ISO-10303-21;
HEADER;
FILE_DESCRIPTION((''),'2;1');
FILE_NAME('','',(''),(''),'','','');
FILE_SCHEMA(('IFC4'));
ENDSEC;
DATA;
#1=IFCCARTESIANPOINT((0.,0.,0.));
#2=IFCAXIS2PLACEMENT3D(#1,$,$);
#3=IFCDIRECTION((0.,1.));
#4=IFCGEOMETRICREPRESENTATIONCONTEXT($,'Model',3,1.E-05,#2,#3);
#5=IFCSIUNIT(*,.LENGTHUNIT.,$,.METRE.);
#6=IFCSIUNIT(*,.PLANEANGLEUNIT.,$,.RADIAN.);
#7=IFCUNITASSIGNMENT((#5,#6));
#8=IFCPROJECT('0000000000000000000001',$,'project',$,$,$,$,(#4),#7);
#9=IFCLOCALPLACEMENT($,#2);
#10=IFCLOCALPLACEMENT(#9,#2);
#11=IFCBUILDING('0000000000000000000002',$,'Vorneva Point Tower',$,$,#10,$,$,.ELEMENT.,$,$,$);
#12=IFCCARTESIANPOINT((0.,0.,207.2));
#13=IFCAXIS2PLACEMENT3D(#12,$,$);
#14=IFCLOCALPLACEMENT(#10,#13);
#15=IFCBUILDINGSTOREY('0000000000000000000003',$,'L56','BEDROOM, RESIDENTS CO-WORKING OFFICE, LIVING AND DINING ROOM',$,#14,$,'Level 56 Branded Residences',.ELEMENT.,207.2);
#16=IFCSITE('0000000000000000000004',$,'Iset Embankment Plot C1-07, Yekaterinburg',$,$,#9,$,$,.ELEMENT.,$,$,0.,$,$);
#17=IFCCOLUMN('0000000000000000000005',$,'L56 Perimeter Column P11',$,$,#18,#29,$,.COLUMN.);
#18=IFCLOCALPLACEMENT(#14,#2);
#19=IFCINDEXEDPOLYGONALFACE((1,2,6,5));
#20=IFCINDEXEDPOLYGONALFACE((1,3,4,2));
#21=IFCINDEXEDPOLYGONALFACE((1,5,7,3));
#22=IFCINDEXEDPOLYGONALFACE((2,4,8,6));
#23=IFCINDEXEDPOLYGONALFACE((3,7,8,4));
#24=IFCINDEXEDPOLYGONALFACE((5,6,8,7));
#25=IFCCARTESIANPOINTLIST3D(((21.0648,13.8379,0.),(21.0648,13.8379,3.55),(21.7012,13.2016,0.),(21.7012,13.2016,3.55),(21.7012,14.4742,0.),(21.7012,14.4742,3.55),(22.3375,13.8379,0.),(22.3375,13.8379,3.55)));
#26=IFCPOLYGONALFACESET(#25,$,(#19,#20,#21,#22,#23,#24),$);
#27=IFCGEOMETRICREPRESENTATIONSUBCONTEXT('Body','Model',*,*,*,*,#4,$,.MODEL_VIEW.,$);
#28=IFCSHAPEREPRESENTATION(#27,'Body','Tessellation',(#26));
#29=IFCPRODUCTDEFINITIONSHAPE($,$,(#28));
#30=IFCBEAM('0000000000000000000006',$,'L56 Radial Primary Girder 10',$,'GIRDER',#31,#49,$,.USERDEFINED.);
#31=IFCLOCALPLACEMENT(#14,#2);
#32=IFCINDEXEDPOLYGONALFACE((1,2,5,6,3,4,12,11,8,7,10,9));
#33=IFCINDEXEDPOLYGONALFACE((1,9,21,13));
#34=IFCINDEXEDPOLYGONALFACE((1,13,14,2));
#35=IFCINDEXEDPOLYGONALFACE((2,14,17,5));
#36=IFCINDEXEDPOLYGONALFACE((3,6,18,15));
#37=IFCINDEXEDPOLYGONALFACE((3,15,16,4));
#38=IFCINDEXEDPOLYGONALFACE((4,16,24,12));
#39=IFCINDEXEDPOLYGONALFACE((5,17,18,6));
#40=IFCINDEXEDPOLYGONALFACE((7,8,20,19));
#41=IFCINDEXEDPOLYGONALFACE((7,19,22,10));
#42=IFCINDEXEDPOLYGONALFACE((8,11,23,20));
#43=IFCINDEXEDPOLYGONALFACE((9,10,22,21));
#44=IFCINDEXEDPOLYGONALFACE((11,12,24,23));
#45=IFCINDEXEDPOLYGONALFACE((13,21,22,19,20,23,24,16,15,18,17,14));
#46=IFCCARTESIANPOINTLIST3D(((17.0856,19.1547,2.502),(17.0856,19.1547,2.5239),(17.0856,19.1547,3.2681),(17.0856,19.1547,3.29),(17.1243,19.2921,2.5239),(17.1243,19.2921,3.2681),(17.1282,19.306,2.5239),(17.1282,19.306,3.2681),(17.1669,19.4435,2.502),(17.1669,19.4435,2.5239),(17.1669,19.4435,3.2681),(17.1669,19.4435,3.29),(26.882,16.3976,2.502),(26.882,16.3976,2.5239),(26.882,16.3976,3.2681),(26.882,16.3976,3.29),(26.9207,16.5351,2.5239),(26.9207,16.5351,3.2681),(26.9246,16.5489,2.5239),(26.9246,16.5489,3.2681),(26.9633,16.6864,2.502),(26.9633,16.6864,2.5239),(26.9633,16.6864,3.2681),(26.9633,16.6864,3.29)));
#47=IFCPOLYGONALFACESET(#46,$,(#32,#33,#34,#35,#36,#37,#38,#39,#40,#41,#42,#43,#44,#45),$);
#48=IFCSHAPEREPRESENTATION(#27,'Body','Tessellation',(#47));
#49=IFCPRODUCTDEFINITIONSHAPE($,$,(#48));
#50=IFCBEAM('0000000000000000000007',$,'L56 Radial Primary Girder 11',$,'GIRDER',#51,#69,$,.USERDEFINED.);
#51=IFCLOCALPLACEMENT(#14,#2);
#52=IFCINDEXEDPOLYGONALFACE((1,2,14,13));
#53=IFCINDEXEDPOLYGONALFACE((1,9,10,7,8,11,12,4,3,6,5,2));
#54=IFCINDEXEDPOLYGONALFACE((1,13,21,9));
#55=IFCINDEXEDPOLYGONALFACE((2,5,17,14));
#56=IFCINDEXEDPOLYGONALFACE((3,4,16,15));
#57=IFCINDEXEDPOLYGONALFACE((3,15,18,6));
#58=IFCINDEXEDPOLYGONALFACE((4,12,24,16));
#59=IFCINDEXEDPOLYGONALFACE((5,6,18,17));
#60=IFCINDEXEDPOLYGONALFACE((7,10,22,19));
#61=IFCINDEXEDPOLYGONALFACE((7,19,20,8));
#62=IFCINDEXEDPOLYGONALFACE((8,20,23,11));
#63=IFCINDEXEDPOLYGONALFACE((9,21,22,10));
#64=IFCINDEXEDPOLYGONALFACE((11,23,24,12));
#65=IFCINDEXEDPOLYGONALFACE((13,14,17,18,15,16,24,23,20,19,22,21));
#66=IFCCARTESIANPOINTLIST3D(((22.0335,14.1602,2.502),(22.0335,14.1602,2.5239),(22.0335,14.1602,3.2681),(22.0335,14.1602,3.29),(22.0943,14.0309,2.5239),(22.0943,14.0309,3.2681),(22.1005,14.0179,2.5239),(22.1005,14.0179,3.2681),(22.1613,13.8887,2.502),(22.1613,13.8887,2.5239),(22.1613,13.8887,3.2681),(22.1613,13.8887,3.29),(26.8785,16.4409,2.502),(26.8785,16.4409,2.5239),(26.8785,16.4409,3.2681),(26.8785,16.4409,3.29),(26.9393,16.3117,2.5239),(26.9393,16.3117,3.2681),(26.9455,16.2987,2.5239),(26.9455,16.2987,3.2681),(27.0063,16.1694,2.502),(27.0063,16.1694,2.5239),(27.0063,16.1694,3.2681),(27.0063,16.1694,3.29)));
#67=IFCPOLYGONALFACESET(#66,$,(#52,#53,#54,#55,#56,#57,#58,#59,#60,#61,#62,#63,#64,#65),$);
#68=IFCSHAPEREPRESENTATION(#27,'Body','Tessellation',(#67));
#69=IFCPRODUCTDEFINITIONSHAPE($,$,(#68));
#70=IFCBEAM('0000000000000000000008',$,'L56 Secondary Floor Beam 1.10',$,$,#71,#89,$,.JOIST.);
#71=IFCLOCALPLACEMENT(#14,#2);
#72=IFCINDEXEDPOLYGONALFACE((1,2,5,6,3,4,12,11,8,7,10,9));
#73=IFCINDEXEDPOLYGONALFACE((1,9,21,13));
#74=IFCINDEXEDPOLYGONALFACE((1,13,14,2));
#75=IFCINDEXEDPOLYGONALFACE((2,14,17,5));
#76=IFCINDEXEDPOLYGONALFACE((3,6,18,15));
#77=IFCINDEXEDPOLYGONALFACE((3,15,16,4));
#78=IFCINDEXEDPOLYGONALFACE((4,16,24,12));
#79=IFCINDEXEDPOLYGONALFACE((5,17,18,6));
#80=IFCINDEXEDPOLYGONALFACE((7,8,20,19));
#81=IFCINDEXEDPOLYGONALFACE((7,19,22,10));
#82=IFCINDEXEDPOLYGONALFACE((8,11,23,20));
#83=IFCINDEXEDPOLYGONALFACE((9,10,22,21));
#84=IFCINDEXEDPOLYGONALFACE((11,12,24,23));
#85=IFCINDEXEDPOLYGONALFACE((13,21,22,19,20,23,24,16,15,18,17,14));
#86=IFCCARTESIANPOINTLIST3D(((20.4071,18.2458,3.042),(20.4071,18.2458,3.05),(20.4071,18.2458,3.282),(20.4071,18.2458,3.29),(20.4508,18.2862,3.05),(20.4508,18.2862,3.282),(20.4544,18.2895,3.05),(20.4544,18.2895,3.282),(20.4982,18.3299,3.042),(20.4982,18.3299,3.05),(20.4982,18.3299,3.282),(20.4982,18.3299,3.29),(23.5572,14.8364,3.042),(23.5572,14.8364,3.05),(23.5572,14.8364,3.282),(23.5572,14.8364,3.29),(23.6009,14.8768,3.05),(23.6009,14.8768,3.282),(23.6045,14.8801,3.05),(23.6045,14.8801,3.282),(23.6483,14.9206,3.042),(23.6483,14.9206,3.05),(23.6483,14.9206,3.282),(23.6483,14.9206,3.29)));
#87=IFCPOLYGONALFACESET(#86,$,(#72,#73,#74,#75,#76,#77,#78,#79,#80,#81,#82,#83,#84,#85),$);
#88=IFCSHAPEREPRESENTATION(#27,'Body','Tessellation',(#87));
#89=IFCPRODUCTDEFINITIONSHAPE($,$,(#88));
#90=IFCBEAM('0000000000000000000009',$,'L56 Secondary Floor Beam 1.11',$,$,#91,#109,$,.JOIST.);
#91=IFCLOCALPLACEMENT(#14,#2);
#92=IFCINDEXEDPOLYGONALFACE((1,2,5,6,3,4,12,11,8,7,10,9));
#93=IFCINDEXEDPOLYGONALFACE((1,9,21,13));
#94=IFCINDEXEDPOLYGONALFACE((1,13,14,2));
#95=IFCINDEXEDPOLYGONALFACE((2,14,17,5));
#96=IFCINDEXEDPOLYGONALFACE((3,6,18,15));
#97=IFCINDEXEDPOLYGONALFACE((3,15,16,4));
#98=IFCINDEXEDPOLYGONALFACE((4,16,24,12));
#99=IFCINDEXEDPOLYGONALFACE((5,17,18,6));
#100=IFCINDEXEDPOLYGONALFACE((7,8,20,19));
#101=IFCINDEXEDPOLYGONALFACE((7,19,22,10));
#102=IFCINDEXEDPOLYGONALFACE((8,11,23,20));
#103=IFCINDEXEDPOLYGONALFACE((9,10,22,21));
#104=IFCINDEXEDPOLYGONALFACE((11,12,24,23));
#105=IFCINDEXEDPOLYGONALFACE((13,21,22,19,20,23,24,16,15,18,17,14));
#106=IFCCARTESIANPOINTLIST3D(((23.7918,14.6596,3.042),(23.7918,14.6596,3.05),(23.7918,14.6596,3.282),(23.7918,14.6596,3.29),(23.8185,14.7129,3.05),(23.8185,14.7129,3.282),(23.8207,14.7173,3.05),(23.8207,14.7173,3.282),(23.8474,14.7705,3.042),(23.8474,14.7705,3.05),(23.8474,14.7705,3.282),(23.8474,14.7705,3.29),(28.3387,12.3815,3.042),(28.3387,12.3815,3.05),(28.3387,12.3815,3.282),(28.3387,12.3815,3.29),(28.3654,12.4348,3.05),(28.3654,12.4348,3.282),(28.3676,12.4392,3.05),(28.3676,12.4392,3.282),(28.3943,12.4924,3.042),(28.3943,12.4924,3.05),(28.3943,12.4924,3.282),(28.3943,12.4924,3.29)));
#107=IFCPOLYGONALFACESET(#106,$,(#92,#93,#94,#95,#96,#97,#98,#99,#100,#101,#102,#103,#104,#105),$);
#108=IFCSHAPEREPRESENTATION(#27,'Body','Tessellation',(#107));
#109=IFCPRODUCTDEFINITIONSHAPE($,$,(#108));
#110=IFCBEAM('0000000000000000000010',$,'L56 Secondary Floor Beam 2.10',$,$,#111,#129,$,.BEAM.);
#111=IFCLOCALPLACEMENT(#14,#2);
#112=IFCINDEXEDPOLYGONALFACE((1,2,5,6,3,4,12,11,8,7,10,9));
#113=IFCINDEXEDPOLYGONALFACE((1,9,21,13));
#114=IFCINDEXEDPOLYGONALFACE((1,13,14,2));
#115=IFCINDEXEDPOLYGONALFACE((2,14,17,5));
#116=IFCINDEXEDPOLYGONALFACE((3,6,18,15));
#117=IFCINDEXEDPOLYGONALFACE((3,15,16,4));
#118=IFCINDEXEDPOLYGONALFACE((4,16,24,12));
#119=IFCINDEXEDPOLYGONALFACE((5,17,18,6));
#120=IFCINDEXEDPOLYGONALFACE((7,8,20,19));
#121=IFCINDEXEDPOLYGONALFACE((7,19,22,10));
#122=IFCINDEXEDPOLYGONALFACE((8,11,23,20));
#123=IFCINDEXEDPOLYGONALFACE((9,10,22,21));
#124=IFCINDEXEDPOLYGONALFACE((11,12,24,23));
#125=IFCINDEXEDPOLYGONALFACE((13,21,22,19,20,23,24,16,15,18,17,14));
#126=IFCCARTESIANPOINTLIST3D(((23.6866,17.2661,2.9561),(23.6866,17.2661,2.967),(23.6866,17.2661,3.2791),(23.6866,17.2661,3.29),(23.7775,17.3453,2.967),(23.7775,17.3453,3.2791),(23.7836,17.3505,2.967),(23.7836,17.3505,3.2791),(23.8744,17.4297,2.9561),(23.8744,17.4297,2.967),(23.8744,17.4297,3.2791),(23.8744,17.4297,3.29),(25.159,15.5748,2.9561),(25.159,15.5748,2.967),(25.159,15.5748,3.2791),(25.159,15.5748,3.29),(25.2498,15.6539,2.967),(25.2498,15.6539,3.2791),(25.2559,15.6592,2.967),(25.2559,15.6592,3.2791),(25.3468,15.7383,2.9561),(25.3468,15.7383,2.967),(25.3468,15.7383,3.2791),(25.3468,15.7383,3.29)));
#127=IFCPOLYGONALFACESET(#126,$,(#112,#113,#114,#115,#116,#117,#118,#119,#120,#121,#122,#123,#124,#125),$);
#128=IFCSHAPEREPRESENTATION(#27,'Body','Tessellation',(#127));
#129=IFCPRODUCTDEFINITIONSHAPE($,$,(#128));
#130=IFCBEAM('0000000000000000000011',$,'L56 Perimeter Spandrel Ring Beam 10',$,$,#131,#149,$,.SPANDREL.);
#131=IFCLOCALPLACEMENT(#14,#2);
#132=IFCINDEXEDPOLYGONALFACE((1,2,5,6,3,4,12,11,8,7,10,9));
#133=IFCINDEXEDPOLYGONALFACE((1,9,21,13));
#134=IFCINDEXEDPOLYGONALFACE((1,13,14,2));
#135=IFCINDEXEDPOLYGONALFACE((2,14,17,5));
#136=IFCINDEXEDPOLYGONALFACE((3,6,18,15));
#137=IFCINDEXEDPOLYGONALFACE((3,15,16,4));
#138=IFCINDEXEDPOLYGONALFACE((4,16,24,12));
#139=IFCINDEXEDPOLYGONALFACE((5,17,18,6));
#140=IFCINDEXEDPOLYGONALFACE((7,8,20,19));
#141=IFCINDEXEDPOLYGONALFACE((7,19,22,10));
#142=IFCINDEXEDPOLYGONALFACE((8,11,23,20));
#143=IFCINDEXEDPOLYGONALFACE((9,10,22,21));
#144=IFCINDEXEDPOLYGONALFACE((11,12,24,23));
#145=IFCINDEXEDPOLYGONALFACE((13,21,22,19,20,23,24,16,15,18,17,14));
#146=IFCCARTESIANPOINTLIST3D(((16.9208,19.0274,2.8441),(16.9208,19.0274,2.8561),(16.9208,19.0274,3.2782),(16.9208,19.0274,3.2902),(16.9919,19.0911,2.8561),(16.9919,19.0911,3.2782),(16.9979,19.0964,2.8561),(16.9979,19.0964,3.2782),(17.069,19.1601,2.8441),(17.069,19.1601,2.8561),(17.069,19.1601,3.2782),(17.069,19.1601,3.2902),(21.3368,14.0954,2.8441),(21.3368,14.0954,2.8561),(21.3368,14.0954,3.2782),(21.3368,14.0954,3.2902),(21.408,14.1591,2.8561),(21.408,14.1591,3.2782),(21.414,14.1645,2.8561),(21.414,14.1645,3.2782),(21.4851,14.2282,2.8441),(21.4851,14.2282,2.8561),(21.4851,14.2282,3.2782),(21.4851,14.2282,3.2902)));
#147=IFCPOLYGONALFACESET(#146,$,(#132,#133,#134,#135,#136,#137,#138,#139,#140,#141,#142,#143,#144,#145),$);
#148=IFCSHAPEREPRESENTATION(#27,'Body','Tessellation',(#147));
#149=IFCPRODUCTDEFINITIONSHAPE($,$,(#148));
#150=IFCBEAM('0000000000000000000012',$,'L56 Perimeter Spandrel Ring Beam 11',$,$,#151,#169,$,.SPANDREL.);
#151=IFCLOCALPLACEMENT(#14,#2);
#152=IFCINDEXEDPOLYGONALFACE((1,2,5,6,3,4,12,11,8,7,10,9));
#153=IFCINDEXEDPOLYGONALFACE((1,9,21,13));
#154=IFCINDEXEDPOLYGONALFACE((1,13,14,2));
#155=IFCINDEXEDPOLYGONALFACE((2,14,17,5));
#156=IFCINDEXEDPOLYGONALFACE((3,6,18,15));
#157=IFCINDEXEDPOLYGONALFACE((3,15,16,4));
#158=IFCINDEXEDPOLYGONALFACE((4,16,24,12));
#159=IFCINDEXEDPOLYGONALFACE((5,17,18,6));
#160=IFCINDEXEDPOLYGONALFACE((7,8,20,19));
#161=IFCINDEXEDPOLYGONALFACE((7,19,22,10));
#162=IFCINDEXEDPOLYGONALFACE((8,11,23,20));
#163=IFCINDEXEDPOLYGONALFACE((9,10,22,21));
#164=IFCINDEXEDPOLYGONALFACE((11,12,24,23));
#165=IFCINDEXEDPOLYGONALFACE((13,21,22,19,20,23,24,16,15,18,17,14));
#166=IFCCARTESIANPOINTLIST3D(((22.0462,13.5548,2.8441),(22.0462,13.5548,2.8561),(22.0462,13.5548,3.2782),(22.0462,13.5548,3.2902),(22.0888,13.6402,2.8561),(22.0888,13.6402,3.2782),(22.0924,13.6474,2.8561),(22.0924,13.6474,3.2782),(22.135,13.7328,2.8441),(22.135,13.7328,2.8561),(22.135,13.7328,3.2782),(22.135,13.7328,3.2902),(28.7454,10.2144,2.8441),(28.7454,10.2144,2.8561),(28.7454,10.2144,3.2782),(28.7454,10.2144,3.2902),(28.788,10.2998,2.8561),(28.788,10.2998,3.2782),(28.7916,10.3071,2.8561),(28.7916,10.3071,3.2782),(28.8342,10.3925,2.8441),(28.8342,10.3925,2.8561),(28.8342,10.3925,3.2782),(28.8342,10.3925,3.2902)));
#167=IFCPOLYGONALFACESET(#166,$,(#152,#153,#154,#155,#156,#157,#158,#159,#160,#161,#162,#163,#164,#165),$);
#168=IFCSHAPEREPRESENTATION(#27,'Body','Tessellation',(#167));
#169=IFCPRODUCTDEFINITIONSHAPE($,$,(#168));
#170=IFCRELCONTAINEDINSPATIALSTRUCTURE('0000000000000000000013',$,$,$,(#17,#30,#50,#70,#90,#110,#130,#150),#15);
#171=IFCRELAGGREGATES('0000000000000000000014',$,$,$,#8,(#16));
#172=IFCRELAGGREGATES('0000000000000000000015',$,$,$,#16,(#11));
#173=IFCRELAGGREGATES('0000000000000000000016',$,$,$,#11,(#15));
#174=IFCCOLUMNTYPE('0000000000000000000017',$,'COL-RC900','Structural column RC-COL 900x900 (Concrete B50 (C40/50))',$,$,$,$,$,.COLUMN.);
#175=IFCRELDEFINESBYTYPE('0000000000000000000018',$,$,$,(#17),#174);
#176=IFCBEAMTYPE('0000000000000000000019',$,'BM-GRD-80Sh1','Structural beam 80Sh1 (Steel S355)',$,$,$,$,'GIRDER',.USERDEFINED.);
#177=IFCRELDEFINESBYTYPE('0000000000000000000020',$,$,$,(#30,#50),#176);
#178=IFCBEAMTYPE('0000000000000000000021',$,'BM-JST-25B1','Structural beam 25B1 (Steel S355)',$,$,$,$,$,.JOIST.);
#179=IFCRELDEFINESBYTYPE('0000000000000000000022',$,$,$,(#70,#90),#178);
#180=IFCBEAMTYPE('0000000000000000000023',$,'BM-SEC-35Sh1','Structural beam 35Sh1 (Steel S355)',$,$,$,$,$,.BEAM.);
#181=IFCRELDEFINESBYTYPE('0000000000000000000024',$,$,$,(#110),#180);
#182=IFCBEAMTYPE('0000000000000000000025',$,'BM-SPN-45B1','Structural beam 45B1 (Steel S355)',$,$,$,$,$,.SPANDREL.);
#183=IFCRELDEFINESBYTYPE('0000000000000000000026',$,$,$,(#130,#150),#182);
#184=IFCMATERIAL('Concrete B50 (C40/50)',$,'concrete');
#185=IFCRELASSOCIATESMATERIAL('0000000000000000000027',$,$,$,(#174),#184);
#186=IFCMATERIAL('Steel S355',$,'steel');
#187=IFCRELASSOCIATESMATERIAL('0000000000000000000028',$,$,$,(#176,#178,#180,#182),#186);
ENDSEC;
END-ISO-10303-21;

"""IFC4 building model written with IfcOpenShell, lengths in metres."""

from ifc_helpers import new_model, si_unit, direction, frame, origin, origin_2d, place, context, subcontext, project, spatial, rectangle, i_section, extrude, material, material_profile, profile_set, type_object, element, save


model = new_model("IFC4")

# Units and contexts
model_context = context("Model", 3, precision=1e-05, world=origin(), true_north=direction((0.0, 1.0)))
body_context = subcontext(model_context, "Body", "Model", "MODEL_VIEW")
ifc_project = project(units=[si_unit("LENGTHUNIT", "METRE"), si_unit("PLANEANGLEUNIT", "RADIAN")], contexts=[model_context])

# Site, building, storey
site_placement = place(None, origin())
site = spatial("IfcSite", under=ifc_project, at=site_placement, Name="Iset Embankment Plot C1-07, Yekaterinburg", CompositionType="ELEMENT", RefElevation=0.0)
building_placement = place(site_placement, origin())
building = spatial("IfcBuilding", under=site, at=building_placement, Name="Vorneva Point Tower", CompositionType="ELEMENT")
storey_placement = place(building_placement, frame((0.0, 0.0, 207.2)))
storey = spatial("IfcBuildingStorey", under=building, at=storey_placement, Name="L56", Description="BEDROOM, RESIDENTS CO-WORKING OFFICE, LIVING AND DINING ROOM", LongName="Level 56 Branded Residences", CompositionType="ELEMENT", Elevation=207.2)

# Column
ifc_material_1 = material(Name="Concrete B50 (C40/50)", Category="concrete")
ifc_material_profile_1 = material_profile(ifc_material_1, rectangle(XDim=0.8999, YDim=0.8999, at=origin_2d()), Name="RC-COL 900x900")
ifc_profile_set_1 = profile_set([ifc_material_profile_1], Name="Concrete B50 (C40/50)")
column_type = type_object("IfcColumnType", Name="COL-RC900", Description="Structural column RC-COL 900x900 (Concrete B50 (C40/50))", PredefinedType="COLUMN", material=ifc_profile_set_1)
column_placement = place(storey_placement, frame((21.7012, 13.8379, 0.0), z_axis=(0.0, 0.0, 1.0), x_axis=(-0.707107, -0.707107, 0.0)))
element("IfcColumn", 1, at=column_placement, inside=storey, type_object=column_type, Name="L56 Perimeter Column P11", PredefinedType="COLUMN", context=body_context, shape_type="SweptSolid", body=[
    extrude(rectangle(XDim=0.8999, YDim=0.8999, at=origin_2d()), origin(), (0.0, 0.0, 1.0), 3.55),
])

# Beams
ifc_material_2 = material(Name="Steel S355", Category="steel")
ifc_material_profile_2 = material_profile(ifc_material_2, i_section(OverallWidth=0.3, OverallDepth=0.7881, WebThickness=0.0144, FlangeThickness=0.022, at=origin_2d()), Name="80Sh1")
ifc_profile_set_2 = profile_set([ifc_material_profile_2], Name="Steel S355")
beam_type_1 = type_object("IfcBeamType", Name="BM-GRD-80Sh1", Description="Structural beam 80Sh1 (Steel S355)", ElementType="GIRDER", PredefinedType="USERDEFINED", material=ifc_profile_set_2)
beam_1_placement = place(storey_placement, frame((17.1262, 19.2991, 2.896), z_axis=(0.962604, -0.270914, 0.0), x_axis=(0.270914, 0.962604, 0.0)))
element("IfcBeam", 2, at=beam_1_placement, inside=storey, type_object=beam_type_1, Name="L56 Radial Primary Girder 10", ObjectType="GIRDER", PredefinedType="USERDEFINED", context=body_context, shape_type="SweptSolid", body=[
    extrude(i_section(OverallWidth=0.3, OverallDepth=0.7881, WebThickness=0.0144, FlangeThickness=0.022, at=origin_2d()), origin(), (0.0, 0.0, 1.0), 10.177),
])
beam_2_placement = place(storey_placement, frame((22.0974, 14.0244, 2.896), z_axis=(0.904763, 0.425916, 0.0), x_axis=(-0.425916, 0.904763, 0.0)))
element("IfcBeam", 3, at=beam_2_placement, inside=storey, type_object=beam_type_1, Name="L56 Radial Primary Girder 11", ObjectType="GIRDER", PredefinedType="USERDEFINED", context=body_context, shape_type="SweptSolid", body=[
    extrude(i_section(OverallWidth=0.3, OverallDepth=0.7881, WebThickness=0.0144, FlangeThickness=0.022, at=origin_2d()), origin(), (0.0, 0.0, 1.0), 5.355),
])
ifc_material_profile_3 = material_profile(ifc_material_2, i_section(OverallWidth=0.124, OverallDepth=0.248, WebThickness=0.0049, FlangeThickness=0.0081, at=origin_2d()), Name="25B1")
ifc_profile_set_3 = profile_set([ifc_material_profile_3], Name="Steel S355")
beam_type_2 = type_object("IfcBeamType", Name="BM-JST-25B1", Description="Structural beam 25B1 (Steel S355)", PredefinedType="JOIST", material=ifc_profile_set_3)
beam_3_placement = place(storey_placement, frame((20.4526, 18.2878, 3.166), z_axis=(0.678627, -0.734483, 0.0), x_axis=(0.734483, 0.678627, 0.0)))
element("IfcBeam", 4, at=beam_3_placement, inside=storey, type_object=beam_type_2, Name="L56 Secondary Floor Beam 1.10", PredefinedType="JOIST", context=body_context, shape_type="SweptSolid", body=[
    extrude(i_section(OverallWidth=0.124, OverallDepth=0.248, WebThickness=0.0049, FlangeThickness=0.0081, at=origin_2d()), origin(), (0.0, 0.0, 1.0), 4.6418),
])
beam_4_placement = place(storey_placement, frame((23.8196, 14.7151, 3.166), z_axis=(0.894062, -0.447943, 0.0), x_axis=(0.447943, 0.894062, 0.0)))
element("IfcBeam", 5, at=beam_4_placement, inside=storey, type_object=beam_type_2, Name="L56 Secondary Floor Beam 1.11", PredefinedType="JOIST", context=body_context, shape_type="SweptSolid", body=[
    extrude(i_section(OverallWidth=0.124, OverallDepth=0.248, WebThickness=0.0049, FlangeThickness=0.0081, at=origin_2d()), origin(), (0.0, 0.0, 1.0), 5.0857),
])
ifc_material_profile_4 = material_profile(ifc_material_2, i_section(OverallWidth=0.249, OverallDepth=0.334, WebThickness=0.0081, FlangeThickness=0.011, at=origin_2d()), Name="35Sh1")
ifc_profile_set_4 = profile_set([ifc_material_profile_4], Name="Steel S355")
beam_type_3 = type_object("IfcBeamType", Name="BM-SEC-35Sh1", Description="Structural beam 35Sh1 (Steel S355)", PredefinedType="BEAM", material=ifc_profile_set_4)
beam_5_placement = place(storey_placement, frame((23.7805, 17.3479, 3.123), z_axis=(0.656591, -0.754247, 0.0), x_axis=(0.754247, 0.656591, 0.0)))
element("IfcBeam", 6, at=beam_5_placement, inside=storey, type_object=beam_type_3, Name="L56 Secondary Floor Beam 2.10", PredefinedType="BEAM", context=body_context, shape_type="SweptSolid", body=[
    extrude(i_section(OverallWidth=0.249, OverallDepth=0.334, WebThickness=0.0081, FlangeThickness=0.011, at=origin_2d()), origin(), (0.0, 0.0, 1.0), 2.2424),
])
ifc_material_profile_5 = material_profile(ifc_material_2, i_section(OverallWidth=0.199, OverallDepth=0.446, WebThickness=0.0081, FlangeThickness=0.012, at=origin_2d()), Name="45B1")
ifc_profile_set_5 = profile_set([ifc_material_profile_5], Name="Steel S355")
beam_type_4 = type_object("IfcBeamType", Name="BM-SPN-45B1", Description="Structural beam 45B1 (Steel S355)", PredefinedType="SPANDREL", material=ifc_profile_set_5)
beam_6_placement = place(storey_placement, frame((16.9949, 19.0938, 3.0671), z_axis=(0.66707, -0.744995, 0.0), x_axis=(0.744995, 0.66707, 0.0)))
element("IfcBeam", 7, at=beam_6_placement, inside=storey, type_object=beam_type_4, Name="L56 Perimeter Spandrel Ring Beam 10", PredefinedType="SPANDREL", context=body_context, shape_type="SweptSolid", body=[
    extrude(i_section(OverallWidth=0.199, OverallDepth=0.446, WebThickness=0.0081, FlangeThickness=0.012, at=origin_2d()), origin(), (0.0, 0.0, 1.0), 6.6201),
])
beam_7_placement = place(storey_placement, frame((22.0906, 13.6438, 3.0671), z_axis=(0.894922, -0.446222, 0.0), x_axis=(0.446222, 0.894922, 0.0)))
element("IfcBeam", 8, at=beam_7_placement, inside=storey, type_object=beam_type_4, Name="L56 Perimeter Spandrel Ring Beam 11", PredefinedType="SPANDREL", context=body_context, shape_type="SweptSolid", body=[
    extrude(i_section(OverallWidth=0.199, OverallDepth=0.446, WebThickness=0.0081, FlangeThickness=0.012, at=origin_2d()), origin(), (0.0, 0.0, 1.0), 7.4858),
])

save(model, "model.ifc")
